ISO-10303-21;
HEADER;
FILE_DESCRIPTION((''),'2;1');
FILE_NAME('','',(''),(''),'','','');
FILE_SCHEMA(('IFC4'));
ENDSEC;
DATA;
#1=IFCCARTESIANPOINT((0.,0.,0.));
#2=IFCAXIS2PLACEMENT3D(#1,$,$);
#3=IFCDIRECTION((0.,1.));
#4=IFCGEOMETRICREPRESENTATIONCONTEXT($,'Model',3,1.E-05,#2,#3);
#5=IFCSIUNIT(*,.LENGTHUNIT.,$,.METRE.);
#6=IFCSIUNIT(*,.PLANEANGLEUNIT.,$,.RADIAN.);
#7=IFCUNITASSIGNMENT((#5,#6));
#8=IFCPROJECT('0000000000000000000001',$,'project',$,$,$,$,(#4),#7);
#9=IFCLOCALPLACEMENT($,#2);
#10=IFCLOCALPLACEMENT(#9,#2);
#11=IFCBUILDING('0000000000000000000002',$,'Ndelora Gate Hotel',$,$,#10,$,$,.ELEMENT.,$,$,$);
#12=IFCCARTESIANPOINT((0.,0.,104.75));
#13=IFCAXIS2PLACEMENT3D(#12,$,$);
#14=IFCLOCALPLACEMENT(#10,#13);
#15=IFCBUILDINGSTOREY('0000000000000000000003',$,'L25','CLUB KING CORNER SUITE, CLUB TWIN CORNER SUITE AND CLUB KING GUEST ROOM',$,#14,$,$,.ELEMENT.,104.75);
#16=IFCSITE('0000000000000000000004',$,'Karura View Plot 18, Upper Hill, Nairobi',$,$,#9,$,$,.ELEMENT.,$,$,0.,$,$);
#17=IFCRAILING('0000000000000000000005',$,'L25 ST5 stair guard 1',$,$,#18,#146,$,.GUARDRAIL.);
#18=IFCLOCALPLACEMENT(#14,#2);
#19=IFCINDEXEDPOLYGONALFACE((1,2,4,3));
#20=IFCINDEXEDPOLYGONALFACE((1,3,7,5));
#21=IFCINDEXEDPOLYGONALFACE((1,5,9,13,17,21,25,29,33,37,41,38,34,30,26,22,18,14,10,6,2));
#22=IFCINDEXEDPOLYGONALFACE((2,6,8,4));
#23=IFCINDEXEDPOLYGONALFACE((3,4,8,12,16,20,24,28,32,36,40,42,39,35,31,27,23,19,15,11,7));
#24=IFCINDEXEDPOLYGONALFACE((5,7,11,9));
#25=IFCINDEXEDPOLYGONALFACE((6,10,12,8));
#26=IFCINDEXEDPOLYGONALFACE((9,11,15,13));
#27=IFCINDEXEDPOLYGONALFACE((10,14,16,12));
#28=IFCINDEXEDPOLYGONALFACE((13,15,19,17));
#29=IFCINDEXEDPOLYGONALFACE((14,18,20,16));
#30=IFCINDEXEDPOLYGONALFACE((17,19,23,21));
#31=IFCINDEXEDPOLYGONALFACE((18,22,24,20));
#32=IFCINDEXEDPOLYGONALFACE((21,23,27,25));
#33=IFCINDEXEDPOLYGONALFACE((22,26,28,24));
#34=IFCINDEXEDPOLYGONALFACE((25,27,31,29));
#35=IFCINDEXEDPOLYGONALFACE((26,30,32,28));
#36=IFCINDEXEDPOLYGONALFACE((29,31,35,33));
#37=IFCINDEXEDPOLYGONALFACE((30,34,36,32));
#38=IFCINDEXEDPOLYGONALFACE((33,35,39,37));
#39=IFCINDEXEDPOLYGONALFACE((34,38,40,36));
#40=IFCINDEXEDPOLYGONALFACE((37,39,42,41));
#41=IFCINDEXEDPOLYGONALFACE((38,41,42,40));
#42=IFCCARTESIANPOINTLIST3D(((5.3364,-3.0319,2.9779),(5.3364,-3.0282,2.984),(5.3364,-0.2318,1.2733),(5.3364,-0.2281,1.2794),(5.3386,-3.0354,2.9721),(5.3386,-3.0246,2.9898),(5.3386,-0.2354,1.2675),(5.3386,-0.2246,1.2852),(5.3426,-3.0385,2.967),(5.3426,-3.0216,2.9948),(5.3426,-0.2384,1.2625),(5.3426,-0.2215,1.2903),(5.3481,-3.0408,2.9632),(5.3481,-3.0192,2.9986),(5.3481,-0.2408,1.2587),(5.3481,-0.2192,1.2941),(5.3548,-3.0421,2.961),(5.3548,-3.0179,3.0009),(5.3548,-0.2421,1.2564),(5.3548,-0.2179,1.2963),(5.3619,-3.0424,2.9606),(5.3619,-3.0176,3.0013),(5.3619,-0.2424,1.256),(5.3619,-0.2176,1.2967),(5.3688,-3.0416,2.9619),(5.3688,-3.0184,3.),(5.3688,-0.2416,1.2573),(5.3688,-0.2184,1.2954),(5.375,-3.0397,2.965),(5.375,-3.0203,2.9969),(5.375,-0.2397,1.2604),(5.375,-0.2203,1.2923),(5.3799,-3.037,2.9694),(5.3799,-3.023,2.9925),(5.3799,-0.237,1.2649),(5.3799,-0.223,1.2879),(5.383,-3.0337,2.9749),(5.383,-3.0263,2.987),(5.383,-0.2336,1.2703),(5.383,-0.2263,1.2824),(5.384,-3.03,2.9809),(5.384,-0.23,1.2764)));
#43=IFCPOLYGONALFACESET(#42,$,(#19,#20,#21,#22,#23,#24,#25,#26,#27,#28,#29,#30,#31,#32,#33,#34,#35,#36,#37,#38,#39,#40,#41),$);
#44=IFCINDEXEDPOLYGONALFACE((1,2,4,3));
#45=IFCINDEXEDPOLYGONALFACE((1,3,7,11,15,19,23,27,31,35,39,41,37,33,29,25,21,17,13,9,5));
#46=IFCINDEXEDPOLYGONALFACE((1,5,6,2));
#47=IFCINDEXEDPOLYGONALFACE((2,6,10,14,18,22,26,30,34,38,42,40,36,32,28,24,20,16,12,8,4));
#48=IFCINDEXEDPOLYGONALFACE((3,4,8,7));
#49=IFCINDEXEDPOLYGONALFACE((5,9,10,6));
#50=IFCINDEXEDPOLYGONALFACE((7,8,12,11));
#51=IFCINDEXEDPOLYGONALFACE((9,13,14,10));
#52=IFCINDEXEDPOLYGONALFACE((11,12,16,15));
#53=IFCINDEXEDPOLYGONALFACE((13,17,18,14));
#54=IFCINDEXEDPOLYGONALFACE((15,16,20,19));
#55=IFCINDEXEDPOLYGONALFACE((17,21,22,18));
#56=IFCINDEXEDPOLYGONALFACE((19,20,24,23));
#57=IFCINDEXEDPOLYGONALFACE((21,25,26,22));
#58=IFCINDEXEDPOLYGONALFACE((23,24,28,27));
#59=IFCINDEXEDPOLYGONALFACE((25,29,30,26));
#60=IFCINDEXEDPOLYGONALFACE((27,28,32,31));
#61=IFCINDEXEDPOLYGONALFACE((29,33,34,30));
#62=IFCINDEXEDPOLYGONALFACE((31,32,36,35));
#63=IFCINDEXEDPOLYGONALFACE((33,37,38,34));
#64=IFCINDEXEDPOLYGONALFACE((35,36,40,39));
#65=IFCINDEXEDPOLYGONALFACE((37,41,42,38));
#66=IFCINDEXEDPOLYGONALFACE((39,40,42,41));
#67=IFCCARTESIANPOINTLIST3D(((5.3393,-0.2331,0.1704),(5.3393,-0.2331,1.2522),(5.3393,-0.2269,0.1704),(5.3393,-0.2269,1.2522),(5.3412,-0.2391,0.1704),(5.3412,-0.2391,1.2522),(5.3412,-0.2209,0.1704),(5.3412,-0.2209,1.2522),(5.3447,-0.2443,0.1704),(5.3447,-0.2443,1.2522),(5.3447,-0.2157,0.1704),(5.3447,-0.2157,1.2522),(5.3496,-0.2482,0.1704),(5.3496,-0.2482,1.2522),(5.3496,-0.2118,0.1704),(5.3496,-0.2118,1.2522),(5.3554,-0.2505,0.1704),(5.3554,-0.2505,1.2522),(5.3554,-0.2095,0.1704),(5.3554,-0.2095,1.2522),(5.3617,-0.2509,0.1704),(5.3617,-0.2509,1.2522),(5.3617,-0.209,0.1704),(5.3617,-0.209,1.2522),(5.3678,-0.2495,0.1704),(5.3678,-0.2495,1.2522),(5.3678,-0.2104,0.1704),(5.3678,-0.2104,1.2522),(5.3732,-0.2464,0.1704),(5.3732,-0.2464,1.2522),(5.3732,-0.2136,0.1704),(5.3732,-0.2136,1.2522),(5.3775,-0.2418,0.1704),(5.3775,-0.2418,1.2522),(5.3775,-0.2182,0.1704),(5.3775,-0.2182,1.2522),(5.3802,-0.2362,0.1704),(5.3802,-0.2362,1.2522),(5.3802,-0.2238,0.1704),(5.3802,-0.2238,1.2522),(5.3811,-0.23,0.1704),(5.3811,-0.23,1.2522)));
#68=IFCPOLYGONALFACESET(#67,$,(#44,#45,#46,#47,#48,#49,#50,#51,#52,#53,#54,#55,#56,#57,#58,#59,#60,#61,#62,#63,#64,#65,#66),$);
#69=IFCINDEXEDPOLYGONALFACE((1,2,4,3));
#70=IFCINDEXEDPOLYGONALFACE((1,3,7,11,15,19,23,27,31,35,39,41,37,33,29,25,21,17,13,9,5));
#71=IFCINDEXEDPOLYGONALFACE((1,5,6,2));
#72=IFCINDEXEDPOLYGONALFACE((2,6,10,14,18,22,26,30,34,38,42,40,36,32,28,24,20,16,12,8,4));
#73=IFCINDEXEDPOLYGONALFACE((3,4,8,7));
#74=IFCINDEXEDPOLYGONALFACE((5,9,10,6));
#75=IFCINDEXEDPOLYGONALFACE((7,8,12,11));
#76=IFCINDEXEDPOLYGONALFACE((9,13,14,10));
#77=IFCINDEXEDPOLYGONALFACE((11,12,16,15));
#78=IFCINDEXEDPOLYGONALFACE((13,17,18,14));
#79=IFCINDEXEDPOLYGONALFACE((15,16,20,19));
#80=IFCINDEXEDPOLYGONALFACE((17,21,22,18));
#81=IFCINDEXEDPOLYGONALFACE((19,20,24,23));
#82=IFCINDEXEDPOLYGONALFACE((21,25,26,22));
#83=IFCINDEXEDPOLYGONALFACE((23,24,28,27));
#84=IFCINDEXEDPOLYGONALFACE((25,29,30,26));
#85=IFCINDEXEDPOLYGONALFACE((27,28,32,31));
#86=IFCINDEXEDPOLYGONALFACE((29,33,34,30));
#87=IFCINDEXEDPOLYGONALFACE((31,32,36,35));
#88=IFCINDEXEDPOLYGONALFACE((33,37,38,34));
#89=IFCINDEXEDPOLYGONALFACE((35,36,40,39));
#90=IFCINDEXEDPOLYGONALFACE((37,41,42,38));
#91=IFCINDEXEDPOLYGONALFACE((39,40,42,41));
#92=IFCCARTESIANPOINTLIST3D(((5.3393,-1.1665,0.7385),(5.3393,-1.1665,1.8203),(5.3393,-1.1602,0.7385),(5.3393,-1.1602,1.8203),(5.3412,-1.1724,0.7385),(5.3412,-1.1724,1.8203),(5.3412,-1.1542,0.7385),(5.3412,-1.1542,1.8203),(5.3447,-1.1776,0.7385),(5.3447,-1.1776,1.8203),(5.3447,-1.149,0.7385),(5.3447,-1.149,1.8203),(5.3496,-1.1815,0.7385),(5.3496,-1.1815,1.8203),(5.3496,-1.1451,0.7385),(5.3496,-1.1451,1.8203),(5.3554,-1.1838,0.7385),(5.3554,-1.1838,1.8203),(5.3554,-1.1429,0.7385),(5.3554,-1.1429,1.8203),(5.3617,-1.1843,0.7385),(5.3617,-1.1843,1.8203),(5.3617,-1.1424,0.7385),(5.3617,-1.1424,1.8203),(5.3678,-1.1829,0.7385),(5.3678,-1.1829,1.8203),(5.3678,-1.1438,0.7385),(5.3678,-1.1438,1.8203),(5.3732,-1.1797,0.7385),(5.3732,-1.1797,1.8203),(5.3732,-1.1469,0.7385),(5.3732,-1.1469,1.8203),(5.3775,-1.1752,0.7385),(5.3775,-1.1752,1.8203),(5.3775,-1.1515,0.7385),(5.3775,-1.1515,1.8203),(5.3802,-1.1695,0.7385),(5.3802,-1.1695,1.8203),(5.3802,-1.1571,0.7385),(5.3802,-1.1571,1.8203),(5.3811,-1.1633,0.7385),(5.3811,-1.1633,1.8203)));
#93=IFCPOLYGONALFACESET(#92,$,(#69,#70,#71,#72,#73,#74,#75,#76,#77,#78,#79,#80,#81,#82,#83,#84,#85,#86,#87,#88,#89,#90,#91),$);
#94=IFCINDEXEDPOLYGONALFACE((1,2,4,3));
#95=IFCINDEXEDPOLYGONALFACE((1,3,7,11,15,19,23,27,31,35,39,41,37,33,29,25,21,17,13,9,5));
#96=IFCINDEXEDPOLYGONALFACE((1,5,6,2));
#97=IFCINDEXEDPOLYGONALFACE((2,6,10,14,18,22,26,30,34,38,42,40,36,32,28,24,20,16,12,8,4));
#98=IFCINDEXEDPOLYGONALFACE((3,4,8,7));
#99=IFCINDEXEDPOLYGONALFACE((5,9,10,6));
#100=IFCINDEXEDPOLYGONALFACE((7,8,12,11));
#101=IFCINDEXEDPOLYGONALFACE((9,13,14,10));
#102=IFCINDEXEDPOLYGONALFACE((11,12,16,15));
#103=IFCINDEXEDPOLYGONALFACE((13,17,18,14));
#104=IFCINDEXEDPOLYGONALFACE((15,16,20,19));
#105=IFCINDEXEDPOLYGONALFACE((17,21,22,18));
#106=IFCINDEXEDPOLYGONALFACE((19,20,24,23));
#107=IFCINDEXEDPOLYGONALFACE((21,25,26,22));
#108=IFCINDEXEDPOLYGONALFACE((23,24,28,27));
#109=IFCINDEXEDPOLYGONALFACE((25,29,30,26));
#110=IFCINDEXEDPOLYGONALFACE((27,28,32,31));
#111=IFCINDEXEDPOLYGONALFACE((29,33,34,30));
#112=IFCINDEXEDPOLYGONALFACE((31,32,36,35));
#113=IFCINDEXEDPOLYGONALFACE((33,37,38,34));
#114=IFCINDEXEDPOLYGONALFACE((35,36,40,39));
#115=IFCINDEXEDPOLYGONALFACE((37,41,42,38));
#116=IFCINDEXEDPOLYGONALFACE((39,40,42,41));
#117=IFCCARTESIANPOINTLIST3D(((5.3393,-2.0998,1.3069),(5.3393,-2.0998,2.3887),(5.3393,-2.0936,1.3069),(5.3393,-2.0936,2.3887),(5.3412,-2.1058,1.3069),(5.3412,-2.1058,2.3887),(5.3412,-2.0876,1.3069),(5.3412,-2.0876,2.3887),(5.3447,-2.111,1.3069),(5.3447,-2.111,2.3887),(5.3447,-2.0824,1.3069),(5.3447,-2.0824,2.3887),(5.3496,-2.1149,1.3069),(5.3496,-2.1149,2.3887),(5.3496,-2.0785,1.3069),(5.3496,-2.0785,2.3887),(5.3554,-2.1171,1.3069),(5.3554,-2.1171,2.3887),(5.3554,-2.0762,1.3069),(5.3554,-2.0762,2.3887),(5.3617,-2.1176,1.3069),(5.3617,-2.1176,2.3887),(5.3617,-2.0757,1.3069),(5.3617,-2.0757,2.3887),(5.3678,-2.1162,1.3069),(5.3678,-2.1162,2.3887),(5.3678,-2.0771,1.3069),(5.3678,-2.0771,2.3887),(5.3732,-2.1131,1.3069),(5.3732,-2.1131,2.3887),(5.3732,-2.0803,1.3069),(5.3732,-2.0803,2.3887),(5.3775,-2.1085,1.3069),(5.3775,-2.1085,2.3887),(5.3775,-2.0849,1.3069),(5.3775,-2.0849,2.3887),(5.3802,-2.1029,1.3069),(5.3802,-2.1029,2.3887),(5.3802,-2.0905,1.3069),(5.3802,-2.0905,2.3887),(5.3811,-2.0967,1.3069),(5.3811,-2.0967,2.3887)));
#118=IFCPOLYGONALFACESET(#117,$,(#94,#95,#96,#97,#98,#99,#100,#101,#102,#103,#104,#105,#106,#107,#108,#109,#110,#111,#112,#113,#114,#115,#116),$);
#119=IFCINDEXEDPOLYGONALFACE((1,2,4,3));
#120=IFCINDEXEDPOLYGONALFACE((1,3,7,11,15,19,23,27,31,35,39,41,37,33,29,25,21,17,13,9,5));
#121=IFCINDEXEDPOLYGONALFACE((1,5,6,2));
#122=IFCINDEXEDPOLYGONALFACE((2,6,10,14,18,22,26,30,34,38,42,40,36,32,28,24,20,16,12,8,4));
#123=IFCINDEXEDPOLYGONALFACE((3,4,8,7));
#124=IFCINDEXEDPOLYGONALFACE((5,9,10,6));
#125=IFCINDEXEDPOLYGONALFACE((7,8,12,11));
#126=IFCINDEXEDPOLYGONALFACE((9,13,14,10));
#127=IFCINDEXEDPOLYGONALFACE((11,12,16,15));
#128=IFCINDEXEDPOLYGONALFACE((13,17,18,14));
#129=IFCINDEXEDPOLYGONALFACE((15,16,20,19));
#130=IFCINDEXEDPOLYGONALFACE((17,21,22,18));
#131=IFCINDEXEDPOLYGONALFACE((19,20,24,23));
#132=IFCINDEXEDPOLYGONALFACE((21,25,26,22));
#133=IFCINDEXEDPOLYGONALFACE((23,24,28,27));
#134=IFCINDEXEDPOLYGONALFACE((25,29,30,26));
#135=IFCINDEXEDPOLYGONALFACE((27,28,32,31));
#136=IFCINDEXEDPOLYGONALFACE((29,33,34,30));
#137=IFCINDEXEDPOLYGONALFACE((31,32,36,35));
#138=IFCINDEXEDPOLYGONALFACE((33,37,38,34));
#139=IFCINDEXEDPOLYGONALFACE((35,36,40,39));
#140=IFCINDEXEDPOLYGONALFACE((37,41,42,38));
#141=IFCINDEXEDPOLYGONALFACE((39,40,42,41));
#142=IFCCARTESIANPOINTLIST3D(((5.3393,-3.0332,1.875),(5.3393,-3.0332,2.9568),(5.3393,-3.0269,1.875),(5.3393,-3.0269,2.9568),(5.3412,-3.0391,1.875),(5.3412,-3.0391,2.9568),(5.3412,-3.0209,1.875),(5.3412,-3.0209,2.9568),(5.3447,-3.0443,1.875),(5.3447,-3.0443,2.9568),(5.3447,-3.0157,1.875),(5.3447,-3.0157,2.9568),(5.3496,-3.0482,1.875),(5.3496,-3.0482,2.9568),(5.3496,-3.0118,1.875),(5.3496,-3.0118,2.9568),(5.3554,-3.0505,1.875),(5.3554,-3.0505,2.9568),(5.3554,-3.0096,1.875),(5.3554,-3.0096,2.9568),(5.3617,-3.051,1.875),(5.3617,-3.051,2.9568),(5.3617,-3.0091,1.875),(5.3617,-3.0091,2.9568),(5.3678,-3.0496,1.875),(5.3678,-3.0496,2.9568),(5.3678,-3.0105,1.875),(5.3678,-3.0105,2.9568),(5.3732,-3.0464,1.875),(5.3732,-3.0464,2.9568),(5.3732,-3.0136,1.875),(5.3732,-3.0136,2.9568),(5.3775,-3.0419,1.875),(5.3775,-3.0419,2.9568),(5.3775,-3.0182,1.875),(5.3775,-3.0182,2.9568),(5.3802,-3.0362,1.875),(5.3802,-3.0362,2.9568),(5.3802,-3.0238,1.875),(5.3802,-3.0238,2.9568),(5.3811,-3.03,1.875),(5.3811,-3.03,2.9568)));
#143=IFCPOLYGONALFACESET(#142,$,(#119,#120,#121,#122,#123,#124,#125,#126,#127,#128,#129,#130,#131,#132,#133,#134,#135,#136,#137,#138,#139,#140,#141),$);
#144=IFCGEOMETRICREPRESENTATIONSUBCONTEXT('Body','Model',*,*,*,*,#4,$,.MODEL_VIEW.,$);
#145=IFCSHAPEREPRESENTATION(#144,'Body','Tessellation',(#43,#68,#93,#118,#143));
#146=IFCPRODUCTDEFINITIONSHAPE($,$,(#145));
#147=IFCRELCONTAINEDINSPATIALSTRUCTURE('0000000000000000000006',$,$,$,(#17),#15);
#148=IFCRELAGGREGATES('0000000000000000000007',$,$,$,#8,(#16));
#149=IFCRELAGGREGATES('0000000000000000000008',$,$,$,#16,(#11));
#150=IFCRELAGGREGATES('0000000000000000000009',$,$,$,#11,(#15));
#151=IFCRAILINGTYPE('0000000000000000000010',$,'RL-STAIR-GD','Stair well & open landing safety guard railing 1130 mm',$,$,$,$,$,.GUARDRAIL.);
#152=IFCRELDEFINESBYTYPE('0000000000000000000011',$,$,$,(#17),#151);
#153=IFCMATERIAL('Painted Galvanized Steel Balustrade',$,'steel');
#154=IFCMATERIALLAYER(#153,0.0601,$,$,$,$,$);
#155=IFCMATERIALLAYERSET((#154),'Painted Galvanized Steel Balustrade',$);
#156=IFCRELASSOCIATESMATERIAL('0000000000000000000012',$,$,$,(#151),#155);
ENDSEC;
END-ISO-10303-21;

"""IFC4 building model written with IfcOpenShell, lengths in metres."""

from ifc_helpers import new_model, si_unit, direction, frame, origin, origin_2d, place, context, subcontext, project, spatial, circle, extrude, material, layer, layer_set, type_object, element, save


model = new_model("IFC4")

# Units and contexts
model_context = context("Model", 3, precision=1e-05, world=origin(), true_north=direction((0.0, 1.0)))
body_context = subcontext(model_context, "Body", "Model", "MODEL_VIEW")
ifc_project = project(units=[si_unit("LENGTHUNIT", "METRE"), si_unit("PLANEANGLEUNIT", "RADIAN")], contexts=[model_context])

# Site, building, storey
site_placement = place(None, origin())
site = spatial("IfcSite", under=ifc_project, at=site_placement, Name="Karura View Plot 18, Upper Hill, Nairobi", CompositionType="ELEMENT", RefElevation=0.0)
building_placement = place(site_placement, origin())
building = spatial("IfcBuilding", under=site, at=building_placement, Name="Ndelora Gate Hotel", CompositionType="ELEMENT")
storey_placement = place(building_placement, frame((0.0, 0.0, 104.75)))
storey = spatial("IfcBuildingStorey", under=building, at=storey_placement, Name="L25", Description="CLUB KING CORNER SUITE, CLUB TWIN CORNER SUITE AND CLUB KING GUEST ROOM", CompositionType="ELEMENT", Elevation=104.75)

# Railing
ifc_material_1 = material(Name="Painted Galvanized Steel Balustrade", Category="steel")
ifc_layer_1 = layer(ifc_material_1, 0.0601)
ifc_layer_set_1 = layer_set([ifc_layer_1], Name="Painted Galvanized Steel Balustrade")
railing_type_1 = type_object("IfcRailingType", Name="RL-STAIR-GD", Description="Stair well & open landing safety guard railing 1130 mm", PredefinedType="GUARDRAIL", material=ifc_layer_set_1)
railing_1_placement = place(storey_placement, frame((5.3601, -0.23, 0.1704)))
element("IfcRailing", 1, at=railing_1_placement, inside=storey, type_object=railing_type_1, Name="L25 ST5 stair guard 1", PredefinedType="GUARDRAIL", context=body_context, shape_type="SweptSolid", body=[
    extrude(circle(Radius=0.0239, at=origin_2d()), frame((0.0, 0.0, 1.106), z_axis=(0.0, -0.85417, 0.519994), x_axis=(1.0, 0.0, 0.0)), (0.0, 0.0, 1.0), 3.2781),
    extrude(circle(Radius=0.021, at=origin_2d()), origin(), (0.0, 0.0, 1.0), 1.0818),
    extrude(circle(Radius=0.021, at=origin_2d()), frame((0.0, -0.9333, 0.5681)), (0.0, 0.0, 1.0), 1.0818),
    extrude(circle(Radius=0.021, at=origin_2d()), frame((0.0, -1.8667, 1.1365)), (0.0, 0.0, 1.0), 1.0818),
    extrude(circle(Radius=0.021, at=origin_2d()), frame((0.0, -2.8, 1.7046)), (0.0, 0.0, 1.0), 1.0818),
])

save(model, "model.ifc")
